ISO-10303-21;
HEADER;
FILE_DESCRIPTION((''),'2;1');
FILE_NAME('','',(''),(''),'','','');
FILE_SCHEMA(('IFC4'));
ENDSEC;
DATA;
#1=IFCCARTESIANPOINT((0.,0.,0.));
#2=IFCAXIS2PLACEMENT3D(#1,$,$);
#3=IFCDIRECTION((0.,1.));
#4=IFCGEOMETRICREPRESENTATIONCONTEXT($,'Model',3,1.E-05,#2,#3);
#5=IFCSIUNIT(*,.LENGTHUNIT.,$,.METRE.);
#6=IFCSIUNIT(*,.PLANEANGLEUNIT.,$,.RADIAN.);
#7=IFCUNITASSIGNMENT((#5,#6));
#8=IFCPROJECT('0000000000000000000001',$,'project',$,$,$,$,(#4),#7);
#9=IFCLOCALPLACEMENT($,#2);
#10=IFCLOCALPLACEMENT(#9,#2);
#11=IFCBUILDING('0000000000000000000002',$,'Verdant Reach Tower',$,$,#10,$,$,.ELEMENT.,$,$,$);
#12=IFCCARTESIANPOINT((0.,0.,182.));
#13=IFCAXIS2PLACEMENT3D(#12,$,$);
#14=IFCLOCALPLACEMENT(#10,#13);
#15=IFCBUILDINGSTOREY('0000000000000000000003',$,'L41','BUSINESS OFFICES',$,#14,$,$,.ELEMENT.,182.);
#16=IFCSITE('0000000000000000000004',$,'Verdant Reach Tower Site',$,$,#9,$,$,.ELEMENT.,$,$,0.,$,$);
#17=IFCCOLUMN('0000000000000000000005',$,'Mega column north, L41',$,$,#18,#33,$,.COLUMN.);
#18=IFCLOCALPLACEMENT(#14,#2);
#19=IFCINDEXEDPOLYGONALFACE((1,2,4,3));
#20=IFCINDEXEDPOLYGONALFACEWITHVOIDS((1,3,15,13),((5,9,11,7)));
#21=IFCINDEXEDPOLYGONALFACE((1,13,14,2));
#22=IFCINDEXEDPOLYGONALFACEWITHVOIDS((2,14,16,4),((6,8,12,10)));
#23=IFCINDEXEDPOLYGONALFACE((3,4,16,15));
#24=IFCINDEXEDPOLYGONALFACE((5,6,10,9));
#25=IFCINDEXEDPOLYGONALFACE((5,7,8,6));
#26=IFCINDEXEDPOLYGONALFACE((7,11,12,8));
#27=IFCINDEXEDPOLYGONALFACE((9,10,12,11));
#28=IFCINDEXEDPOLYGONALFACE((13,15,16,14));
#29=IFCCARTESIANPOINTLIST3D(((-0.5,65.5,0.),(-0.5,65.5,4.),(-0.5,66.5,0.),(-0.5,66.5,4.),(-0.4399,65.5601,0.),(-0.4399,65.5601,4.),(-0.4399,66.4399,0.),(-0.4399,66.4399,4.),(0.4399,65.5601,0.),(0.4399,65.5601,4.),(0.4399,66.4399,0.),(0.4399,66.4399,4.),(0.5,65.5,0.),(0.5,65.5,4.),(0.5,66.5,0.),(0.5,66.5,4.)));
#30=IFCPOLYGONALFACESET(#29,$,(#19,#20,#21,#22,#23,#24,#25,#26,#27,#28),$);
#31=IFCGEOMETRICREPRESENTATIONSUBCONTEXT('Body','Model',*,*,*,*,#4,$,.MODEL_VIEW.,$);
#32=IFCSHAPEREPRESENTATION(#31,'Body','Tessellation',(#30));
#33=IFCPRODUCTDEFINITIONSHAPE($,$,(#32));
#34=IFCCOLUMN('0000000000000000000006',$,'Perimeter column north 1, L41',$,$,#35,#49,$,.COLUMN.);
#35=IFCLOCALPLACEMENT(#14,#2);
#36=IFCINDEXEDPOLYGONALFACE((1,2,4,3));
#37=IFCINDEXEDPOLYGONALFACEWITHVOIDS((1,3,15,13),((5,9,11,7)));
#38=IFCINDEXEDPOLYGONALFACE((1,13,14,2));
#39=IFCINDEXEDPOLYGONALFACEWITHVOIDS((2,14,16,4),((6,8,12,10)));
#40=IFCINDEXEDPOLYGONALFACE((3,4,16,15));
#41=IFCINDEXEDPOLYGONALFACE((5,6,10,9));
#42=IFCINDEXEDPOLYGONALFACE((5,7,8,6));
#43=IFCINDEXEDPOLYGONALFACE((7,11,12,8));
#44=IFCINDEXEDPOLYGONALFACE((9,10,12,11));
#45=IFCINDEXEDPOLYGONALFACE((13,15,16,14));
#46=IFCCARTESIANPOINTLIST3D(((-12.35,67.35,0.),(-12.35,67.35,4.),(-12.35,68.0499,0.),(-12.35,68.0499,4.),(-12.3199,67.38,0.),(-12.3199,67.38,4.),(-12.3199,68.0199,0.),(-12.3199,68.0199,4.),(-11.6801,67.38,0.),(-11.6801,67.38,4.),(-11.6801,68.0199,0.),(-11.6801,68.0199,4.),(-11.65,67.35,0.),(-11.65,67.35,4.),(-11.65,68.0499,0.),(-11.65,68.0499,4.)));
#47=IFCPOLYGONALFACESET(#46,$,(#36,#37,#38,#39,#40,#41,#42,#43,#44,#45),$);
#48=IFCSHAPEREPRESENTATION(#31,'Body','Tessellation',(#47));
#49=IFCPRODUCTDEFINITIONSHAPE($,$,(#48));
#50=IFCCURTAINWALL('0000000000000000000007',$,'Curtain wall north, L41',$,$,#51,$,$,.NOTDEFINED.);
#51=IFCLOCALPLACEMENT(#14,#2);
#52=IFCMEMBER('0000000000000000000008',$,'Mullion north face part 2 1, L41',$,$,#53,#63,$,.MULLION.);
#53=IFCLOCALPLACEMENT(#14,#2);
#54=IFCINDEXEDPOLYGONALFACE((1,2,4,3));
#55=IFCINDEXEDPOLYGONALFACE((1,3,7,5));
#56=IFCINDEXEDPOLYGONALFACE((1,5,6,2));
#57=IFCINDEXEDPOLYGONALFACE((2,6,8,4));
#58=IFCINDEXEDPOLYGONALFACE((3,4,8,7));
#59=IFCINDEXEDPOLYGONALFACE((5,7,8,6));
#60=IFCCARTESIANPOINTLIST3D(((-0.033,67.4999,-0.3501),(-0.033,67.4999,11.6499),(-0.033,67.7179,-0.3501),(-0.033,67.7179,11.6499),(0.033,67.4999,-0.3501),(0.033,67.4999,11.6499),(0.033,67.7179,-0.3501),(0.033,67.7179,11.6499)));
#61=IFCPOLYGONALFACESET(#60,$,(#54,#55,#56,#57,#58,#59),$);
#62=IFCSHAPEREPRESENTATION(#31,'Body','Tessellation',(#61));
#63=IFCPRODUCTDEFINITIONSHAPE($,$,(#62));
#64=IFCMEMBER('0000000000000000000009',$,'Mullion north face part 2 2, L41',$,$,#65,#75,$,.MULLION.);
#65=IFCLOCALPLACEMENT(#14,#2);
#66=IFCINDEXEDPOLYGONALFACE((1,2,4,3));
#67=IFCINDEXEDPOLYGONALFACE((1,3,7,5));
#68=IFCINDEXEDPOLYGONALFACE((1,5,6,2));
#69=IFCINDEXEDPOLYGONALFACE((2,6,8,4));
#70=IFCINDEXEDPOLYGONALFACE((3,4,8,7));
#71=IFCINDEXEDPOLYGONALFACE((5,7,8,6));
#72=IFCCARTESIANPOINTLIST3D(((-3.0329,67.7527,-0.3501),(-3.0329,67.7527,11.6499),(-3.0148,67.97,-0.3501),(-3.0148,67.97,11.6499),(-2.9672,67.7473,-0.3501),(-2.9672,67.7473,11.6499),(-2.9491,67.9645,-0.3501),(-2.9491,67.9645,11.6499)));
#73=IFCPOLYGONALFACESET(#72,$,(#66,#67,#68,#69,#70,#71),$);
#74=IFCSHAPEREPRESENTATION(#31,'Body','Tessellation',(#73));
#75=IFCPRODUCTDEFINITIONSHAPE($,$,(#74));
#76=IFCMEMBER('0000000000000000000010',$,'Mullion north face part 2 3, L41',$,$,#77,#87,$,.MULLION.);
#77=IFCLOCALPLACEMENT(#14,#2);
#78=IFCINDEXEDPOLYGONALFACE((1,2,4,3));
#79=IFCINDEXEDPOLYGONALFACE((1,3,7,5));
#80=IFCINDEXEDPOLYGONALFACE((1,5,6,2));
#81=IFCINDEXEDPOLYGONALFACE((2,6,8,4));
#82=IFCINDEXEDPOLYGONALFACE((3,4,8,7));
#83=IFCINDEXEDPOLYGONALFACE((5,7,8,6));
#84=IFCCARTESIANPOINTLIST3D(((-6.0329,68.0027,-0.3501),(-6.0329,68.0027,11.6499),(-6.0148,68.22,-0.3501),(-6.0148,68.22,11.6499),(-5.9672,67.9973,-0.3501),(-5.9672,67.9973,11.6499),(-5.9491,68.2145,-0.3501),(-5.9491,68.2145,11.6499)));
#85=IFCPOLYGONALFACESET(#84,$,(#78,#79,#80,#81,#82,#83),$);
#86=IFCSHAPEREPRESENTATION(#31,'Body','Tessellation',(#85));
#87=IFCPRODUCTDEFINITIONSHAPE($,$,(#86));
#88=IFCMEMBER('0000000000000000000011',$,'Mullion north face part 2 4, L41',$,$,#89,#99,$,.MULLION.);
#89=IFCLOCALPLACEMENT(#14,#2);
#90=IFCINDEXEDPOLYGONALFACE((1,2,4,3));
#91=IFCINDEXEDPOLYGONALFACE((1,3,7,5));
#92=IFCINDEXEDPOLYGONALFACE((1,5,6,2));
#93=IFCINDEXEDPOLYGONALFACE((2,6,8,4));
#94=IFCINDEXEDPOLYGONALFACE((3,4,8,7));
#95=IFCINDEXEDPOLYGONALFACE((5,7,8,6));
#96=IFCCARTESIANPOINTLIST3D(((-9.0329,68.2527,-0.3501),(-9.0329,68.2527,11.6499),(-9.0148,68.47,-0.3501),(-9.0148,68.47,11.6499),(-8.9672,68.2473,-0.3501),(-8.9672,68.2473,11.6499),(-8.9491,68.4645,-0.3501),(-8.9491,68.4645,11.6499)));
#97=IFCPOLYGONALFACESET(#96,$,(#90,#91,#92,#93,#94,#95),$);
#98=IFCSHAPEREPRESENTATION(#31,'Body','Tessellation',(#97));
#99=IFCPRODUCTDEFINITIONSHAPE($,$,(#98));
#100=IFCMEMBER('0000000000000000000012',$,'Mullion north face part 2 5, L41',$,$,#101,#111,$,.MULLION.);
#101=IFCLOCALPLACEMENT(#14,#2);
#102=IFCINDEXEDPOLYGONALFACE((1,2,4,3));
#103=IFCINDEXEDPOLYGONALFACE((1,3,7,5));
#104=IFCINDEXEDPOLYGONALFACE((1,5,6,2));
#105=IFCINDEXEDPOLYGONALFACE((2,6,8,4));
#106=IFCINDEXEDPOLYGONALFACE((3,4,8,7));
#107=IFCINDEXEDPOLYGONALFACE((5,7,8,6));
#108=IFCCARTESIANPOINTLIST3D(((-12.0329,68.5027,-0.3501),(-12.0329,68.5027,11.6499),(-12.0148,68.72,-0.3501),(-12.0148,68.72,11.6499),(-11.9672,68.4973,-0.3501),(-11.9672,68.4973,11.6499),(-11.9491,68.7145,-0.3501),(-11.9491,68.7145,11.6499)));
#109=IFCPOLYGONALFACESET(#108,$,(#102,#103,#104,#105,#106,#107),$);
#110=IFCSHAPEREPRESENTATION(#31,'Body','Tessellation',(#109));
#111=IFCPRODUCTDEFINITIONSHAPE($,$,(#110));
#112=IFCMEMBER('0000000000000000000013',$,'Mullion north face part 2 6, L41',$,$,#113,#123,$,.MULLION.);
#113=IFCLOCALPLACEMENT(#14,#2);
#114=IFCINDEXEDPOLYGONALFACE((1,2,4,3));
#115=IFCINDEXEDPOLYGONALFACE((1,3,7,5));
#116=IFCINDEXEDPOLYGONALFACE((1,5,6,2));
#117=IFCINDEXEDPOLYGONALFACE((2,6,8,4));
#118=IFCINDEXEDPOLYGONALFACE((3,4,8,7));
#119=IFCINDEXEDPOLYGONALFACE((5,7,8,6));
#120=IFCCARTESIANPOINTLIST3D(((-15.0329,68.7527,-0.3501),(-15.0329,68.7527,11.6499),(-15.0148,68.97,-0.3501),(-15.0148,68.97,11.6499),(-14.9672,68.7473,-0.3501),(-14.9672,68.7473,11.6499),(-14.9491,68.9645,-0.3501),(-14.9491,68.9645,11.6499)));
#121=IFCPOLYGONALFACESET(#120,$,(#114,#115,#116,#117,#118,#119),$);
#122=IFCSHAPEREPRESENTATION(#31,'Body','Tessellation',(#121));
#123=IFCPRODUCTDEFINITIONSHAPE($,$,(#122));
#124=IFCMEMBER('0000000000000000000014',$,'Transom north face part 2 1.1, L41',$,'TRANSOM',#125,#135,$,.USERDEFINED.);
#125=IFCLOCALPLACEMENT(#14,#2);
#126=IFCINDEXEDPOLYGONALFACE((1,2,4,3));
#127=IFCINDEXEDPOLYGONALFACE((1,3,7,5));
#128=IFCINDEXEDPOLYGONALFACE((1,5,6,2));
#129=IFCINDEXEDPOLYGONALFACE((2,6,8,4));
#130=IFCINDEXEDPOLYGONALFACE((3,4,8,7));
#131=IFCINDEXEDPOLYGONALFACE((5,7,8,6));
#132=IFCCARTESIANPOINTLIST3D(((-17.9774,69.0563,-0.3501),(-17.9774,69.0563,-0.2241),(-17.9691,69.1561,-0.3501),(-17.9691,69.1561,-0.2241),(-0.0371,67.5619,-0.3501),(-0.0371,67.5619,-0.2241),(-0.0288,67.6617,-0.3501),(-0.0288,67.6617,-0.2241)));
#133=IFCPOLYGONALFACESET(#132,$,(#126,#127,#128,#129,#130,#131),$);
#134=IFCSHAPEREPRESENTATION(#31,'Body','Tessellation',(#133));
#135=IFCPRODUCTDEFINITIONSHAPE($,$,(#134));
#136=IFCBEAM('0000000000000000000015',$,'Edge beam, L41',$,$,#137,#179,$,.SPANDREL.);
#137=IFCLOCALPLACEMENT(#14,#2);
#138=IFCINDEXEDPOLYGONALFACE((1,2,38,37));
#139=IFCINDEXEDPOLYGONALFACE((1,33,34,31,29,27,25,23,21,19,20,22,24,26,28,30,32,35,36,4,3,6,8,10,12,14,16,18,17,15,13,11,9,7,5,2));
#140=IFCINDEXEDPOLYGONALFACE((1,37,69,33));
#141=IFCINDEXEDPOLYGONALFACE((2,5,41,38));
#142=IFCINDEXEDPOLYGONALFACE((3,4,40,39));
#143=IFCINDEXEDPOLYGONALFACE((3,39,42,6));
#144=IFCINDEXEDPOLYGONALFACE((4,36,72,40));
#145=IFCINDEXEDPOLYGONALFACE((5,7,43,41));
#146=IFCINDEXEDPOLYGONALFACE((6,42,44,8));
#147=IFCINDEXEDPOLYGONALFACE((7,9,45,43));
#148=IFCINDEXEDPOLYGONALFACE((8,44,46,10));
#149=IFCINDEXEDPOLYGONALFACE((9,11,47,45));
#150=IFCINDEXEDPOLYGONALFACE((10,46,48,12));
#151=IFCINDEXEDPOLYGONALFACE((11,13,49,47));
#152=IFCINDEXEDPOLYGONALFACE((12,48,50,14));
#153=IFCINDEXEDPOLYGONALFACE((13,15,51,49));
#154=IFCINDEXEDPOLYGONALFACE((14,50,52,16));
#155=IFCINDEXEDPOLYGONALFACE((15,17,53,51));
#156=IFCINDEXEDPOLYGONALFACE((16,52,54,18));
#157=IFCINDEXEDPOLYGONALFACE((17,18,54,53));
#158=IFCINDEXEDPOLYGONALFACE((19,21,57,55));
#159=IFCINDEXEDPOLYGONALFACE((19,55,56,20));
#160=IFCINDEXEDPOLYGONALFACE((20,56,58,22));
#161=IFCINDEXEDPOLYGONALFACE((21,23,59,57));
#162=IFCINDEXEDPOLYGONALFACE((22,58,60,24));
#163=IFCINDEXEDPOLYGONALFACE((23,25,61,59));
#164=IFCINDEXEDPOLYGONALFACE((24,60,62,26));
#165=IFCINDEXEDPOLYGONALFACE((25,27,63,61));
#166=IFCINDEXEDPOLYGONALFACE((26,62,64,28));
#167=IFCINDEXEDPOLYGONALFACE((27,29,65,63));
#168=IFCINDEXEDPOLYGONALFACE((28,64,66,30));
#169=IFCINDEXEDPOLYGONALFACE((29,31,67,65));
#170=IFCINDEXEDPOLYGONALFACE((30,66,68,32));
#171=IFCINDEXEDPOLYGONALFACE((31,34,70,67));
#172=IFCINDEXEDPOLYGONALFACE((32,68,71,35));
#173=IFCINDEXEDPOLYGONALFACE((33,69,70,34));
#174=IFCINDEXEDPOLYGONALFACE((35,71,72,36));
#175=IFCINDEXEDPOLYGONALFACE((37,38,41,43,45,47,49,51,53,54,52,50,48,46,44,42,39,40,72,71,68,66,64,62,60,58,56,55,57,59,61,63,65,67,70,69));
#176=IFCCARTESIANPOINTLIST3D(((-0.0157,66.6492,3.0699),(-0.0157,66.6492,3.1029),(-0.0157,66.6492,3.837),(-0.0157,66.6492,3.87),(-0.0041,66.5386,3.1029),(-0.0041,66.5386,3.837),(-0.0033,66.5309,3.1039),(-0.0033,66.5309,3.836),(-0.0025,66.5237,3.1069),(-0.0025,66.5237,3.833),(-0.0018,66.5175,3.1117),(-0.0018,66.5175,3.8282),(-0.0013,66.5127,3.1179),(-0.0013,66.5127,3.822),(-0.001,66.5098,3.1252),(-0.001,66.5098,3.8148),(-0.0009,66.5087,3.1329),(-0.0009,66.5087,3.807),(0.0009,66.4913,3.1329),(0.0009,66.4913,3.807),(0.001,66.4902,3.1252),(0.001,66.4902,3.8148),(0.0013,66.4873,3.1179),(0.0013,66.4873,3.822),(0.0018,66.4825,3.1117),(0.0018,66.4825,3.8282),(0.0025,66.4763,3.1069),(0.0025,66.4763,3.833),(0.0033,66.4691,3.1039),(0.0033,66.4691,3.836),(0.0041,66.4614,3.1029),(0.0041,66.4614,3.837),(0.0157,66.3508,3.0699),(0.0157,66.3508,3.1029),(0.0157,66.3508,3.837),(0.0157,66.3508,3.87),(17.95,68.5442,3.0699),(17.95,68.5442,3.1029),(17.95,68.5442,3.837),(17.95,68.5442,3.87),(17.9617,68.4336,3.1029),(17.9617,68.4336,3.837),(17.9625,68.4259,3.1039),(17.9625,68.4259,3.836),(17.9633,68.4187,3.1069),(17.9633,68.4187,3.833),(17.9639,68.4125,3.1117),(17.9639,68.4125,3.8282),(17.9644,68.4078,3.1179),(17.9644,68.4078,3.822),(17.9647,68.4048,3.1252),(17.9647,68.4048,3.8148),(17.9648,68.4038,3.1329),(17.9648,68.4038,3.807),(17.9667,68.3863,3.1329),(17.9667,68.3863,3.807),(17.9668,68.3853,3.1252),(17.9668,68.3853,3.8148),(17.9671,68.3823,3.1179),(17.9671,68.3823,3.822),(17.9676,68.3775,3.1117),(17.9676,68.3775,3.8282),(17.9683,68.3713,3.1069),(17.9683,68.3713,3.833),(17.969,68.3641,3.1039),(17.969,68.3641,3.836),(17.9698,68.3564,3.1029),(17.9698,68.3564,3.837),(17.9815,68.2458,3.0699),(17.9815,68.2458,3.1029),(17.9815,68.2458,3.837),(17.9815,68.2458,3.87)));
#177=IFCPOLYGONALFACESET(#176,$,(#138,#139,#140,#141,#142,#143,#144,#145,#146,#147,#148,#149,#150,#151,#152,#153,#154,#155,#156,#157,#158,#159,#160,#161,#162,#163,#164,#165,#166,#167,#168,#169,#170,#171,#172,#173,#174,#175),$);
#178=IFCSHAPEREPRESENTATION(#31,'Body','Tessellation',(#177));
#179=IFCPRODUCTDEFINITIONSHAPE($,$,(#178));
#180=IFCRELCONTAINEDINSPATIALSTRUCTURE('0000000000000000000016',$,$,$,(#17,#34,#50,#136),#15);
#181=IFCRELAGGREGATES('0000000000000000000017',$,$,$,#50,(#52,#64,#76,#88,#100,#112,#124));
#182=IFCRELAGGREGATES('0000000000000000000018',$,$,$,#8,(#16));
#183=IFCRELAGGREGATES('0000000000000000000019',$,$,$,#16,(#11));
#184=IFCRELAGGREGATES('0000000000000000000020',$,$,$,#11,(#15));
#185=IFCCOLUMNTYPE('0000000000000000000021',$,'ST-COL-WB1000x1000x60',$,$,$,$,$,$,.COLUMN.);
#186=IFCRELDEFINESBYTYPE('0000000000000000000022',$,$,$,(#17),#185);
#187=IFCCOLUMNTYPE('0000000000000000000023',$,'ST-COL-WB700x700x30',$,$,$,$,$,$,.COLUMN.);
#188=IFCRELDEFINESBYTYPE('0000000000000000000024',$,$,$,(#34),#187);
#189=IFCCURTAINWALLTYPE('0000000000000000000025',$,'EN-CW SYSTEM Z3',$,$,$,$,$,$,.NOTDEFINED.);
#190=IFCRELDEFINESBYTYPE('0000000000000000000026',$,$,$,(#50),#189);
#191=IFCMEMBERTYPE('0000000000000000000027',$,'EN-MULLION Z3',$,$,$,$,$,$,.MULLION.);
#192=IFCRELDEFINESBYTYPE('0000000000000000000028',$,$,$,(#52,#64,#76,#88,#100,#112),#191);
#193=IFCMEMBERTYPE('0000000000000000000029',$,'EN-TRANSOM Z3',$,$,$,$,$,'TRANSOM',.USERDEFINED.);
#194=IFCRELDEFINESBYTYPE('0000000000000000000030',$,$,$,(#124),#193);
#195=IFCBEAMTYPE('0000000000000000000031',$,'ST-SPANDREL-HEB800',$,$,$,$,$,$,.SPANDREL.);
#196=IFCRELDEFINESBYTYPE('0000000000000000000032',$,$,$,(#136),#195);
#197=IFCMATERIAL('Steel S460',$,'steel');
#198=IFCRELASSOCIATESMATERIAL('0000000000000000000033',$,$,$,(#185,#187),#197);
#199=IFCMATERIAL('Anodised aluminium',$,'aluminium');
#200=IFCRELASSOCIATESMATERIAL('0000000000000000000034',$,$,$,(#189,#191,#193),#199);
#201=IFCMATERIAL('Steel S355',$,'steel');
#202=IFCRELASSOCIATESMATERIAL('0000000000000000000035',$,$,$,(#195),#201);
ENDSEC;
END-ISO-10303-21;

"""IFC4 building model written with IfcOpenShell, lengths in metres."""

from ifc_helpers import new_model, si_unit, direction, frame, origin, origin_2d, place, context, subcontext, project, spatial, rectangle, hollow_rectangle, i_section, extrude, material, material_profile, profile_set, type_object, element, aggregate, save


model = new_model("IFC4")

# Units and contexts
model_context = context("Model", 3, precision=1e-05, world=origin(), true_north=direction((0.0, 1.0)))
body_context = subcontext(model_context, "Body", "Model", "MODEL_VIEW")
ifc_project = project(units=[si_unit("LENGTHUNIT", "METRE"), si_unit("PLANEANGLEUNIT", "RADIAN")], contexts=[model_context])

# Site, building, storey
site_placement = place(None, origin())
site = spatial("IfcSite", under=ifc_project, at=site_placement, Name="Verdant Reach Tower Site", CompositionType="ELEMENT", RefElevation=0.0)
building_placement = place(site_placement, origin())
building = spatial("IfcBuilding", under=site, at=building_placement, Name="Verdant Reach Tower", CompositionType="ELEMENT")
storey_placement = place(building_placement, frame((0.0, 0.0, 182.0)))
storey = spatial("IfcBuildingStorey", under=building, at=storey_placement, Name="L41", Description="BUSINESS OFFICES", CompositionType="ELEMENT", Elevation=182.0)

# Columns
ifc_material_1 = material(Name="Steel S460", Category="steel")
ifc_material_profile_1 = material_profile(ifc_material_1, hollow_rectangle(XDim=1.0, YDim=1.0, WallThickness=0.0601, at=origin_2d()), Name="WB 1000x1000x60")
ifc_profile_set_1 = profile_set([ifc_material_profile_1], Name="Steel S460")
column_type_1 = type_object("IfcColumnType", Name="ST-COL-WB1000x1000x60", PredefinedType="COLUMN", material=ifc_profile_set_1)
column_1_placement = place(storey_placement, frame((0.0, 66.0, 0.0), z_axis=(0.0, 0.0, 1.0), x_axis=(1.0, 0.0, 0.0)))
element("IfcColumn", 1, at=column_1_placement, inside=storey, type_object=column_type_1, Name="Mega column north, L41", PredefinedType="COLUMN", context=body_context, shape_type="SweptSolid", body=[
    extrude(hollow_rectangle(XDim=1.0, YDim=1.0, WallThickness=0.0601, at=origin_2d()), origin(), (0.0, 0.0, 1.0), 4.0),
])
ifc_material_profile_2 = material_profile(ifc_material_1, hollow_rectangle(XDim=0.7, YDim=0.7, WallThickness=0.03, at=origin_2d()), Name="WB 700x700x30")
ifc_profile_set_2 = profile_set([ifc_material_profile_2], Name="Steel S460")
column_type_2 = type_object("IfcColumnType", Name="ST-COL-WB700x700x30", PredefinedType="COLUMN", material=ifc_profile_set_2)
column_2_placement = place(storey_placement, frame((-12.0, 67.7, 0.0), z_axis=(0.0, 0.0, 1.0), x_axis=(1.0, 0.0, 0.0)))
element("IfcColumn", 2, at=column_2_placement, inside=storey, type_object=column_type_2, Name="Perimeter column north 1, L41", PredefinedType="COLUMN", context=body_context, shape_type="SweptSolid", body=[
    extrude(hollow_rectangle(XDim=0.7, YDim=0.7, WallThickness=0.03, at=origin_2d()), origin(), (0.0, 0.0, 1.0), 4.0),
])

# Curtain wall, members
ifc_material_2 = material(Name="Anodised aluminium", Category="aluminium")
curtain_wall_type = type_object("IfcCurtainWallType", Name="EN-CW SYSTEM Z3", PredefinedType="NOTDEFINED", material=ifc_material_2)
curtain_wall_placement = place(storey_placement, origin())
curtain_wall = element("IfcCurtainWall", 3, at=curtain_wall_placement, inside=storey, type_object=curtain_wall_type, Name="Curtain wall north, L41", PredefinedType="NOTDEFINED")
ifc_material_profile_3 = material_profile(ifc_material_2, rectangle(XDim=0.218, YDim=0.0659, at=origin_2d()), Name="Mullion 66x218")
ifc_profile_set_3 = profile_set([ifc_material_profile_3], Name="Anodised aluminium")
member_type_1 = type_object("IfcMemberType", Name="EN-MULLION Z3", PredefinedType="MULLION", material=ifc_profile_set_3)
member_1_placement = place(storey_placement, frame((0.0, 67.6089, -0.3501), z_axis=(0.0, 0.0, 1.0), x_axis=(0.0, 1.0, 0.0)))
member_1 = element("IfcMember", 4, at=member_1_placement, type_object=member_type_1, Name="Mullion north face part 2 1, L41", PredefinedType="MULLION", context=body_context, shape_type="SweptSolid", body=[
    extrude(rectangle(XDim=0.218, YDim=0.0659, at=origin_2d()), origin(), (0.0, 0.0, 1.0), 12.0),
])
member_2_placement = place(storey_placement, frame((-2.991, 67.8586, -0.3501), z_axis=(0.0, 0.0, 1.0), x_axis=(0.083045, 0.996546, 0.0)))
member_2 = element("IfcMember", 5, at=member_2_placement, type_object=member_type_1, Name="Mullion north face part 2 2, L41", PredefinedType="MULLION", context=body_context, shape_type="SweptSolid", body=[
    extrude(rectangle(XDim=0.218, YDim=0.0659, at=origin_2d()), origin(), (0.0, 0.0, 1.0), 12.0),
])
member_3_placement = place(storey_placement, frame((-5.991, 68.1086, -0.3501), z_axis=(0.0, 0.0, 1.0), x_axis=(0.083045, 0.996546, 0.0)))
member_3 = element("IfcMember", 6, at=member_3_placement, type_object=member_type_1, Name="Mullion north face part 2 3, L41", PredefinedType="MULLION", context=body_context, shape_type="SweptSolid", body=[
    extrude(rectangle(XDim=0.218, YDim=0.0659, at=origin_2d()), origin(), (0.0, 0.0, 1.0), 12.0),
])
member_4_placement = place(storey_placement, frame((-8.991, 68.3586, -0.3501), z_axis=(0.0, 0.0, 1.0), x_axis=(0.083045, 0.996546, 0.0)))
member_4 = element("IfcMember", 7, at=member_4_placement, type_object=member_type_1, Name="Mullion north face part 2 4, L41", PredefinedType="MULLION", context=body_context, shape_type="SweptSolid", body=[
    extrude(rectangle(XDim=0.218, YDim=0.0659, at=origin_2d()), origin(), (0.0, 0.0, 1.0), 12.0),
])
member_5_placement = place(storey_placement, frame((-11.991, 68.6086, -0.3501), z_axis=(0.0, 0.0, 1.0), x_axis=(0.083045, 0.996546, 0.0)))
member_5 = element("IfcMember", 8, at=member_5_placement, type_object=member_type_1, Name="Mullion north face part 2 5, L41", PredefinedType="MULLION", context=body_context, shape_type="SweptSolid", body=[
    extrude(rectangle(XDim=0.218, YDim=0.0659, at=origin_2d()), origin(), (0.0, 0.0, 1.0), 12.0),
])
member_6_placement = place(storey_placement, frame((-14.991, 68.8586, -0.3501), z_axis=(0.0, 0.0, 1.0), x_axis=(0.083045, 0.996546, 0.0)))
member_6 = element("IfcMember", 9, at=member_6_placement, type_object=member_type_1, Name="Mullion north face part 2 6, L41", PredefinedType="MULLION", context=body_context, shape_type="SweptSolid", body=[
    extrude(rectangle(XDim=0.218, YDim=0.0659, at=origin_2d()), origin(), (0.0, 0.0, 1.0), 12.0),
])
ifc_material_profile_4 = material_profile(ifc_material_2, rectangle(XDim=0.1001, YDim=0.126, at=origin_2d()), Name="Transom 126x100")
ifc_profile_set_4 = profile_set([ifc_material_profile_4], Name="Anodised aluminium")
member_type_2 = type_object("IfcMemberType", Name="EN-TRANSOM Z3", ElementType="TRANSOM", PredefinedType="USERDEFINED", material=ifc_profile_set_4)
member_7_placement = place(storey_placement, frame((-0.033, 67.6118, -0.2871), z_axis=(-0.996549, 0.08301, 0.0), x_axis=(-0.08301, -0.996549, 0.0)))
member_7 = element("IfcMember", 10, at=member_7_placement, type_object=member_type_2, Name="Transom north face part 2 1.1, L41", ObjectType="TRANSOM", PredefinedType="USERDEFINED", context=body_context, shape_type="SweptSolid", body=[
    extrude(rectangle(XDim=0.1001, YDim=0.126, at=origin_2d()), origin(), (0.0, 0.0, 1.0), 18.0024),
])

# Beam
ifc_material_3 = material(Name="Steel S355", Category="steel")
ifc_material_profile_5 = material_profile(ifc_material_3, i_section(OverallWidth=0.3, OverallDepth=0.8, WebThickness=0.0176, FlangeThickness=0.033, FilletRadius=0.03, at=origin_2d()), Name="HEB 800")
ifc_profile_set_5 = profile_set([ifc_material_profile_5], Name="Steel S355")
beam_type = type_object("IfcBeamType", Name="ST-SPANDREL-HEB800", PredefinedType="SPANDREL", material=ifc_profile_set_5)
beam_placement = place(storey_placement, frame((0.0, 66.5, 3.47), z_axis=(0.994483, 0.104897, 0.0), x_axis=(-0.104897, 0.994483, 0.0)))
element("IfcBeam", 11, at=beam_placement, inside=storey, type_object=beam_type, Name="Edge beam, L41", PredefinedType="SPANDREL", context=body_context, shape_type="SweptSolid", body=[
    extrude(i_section(OverallWidth=0.3, OverallDepth=0.8, WebThickness=0.0176, FlangeThickness=0.033, FilletRadius=0.03, at=origin_2d()), origin(), (0.0, 0.0, 1.0), 18.0654),
])

aggregate(curtain_wall, [member_1, member_2, member_3, member_4, member_5, member_6, member_7])

save(model, "model.ifc")
